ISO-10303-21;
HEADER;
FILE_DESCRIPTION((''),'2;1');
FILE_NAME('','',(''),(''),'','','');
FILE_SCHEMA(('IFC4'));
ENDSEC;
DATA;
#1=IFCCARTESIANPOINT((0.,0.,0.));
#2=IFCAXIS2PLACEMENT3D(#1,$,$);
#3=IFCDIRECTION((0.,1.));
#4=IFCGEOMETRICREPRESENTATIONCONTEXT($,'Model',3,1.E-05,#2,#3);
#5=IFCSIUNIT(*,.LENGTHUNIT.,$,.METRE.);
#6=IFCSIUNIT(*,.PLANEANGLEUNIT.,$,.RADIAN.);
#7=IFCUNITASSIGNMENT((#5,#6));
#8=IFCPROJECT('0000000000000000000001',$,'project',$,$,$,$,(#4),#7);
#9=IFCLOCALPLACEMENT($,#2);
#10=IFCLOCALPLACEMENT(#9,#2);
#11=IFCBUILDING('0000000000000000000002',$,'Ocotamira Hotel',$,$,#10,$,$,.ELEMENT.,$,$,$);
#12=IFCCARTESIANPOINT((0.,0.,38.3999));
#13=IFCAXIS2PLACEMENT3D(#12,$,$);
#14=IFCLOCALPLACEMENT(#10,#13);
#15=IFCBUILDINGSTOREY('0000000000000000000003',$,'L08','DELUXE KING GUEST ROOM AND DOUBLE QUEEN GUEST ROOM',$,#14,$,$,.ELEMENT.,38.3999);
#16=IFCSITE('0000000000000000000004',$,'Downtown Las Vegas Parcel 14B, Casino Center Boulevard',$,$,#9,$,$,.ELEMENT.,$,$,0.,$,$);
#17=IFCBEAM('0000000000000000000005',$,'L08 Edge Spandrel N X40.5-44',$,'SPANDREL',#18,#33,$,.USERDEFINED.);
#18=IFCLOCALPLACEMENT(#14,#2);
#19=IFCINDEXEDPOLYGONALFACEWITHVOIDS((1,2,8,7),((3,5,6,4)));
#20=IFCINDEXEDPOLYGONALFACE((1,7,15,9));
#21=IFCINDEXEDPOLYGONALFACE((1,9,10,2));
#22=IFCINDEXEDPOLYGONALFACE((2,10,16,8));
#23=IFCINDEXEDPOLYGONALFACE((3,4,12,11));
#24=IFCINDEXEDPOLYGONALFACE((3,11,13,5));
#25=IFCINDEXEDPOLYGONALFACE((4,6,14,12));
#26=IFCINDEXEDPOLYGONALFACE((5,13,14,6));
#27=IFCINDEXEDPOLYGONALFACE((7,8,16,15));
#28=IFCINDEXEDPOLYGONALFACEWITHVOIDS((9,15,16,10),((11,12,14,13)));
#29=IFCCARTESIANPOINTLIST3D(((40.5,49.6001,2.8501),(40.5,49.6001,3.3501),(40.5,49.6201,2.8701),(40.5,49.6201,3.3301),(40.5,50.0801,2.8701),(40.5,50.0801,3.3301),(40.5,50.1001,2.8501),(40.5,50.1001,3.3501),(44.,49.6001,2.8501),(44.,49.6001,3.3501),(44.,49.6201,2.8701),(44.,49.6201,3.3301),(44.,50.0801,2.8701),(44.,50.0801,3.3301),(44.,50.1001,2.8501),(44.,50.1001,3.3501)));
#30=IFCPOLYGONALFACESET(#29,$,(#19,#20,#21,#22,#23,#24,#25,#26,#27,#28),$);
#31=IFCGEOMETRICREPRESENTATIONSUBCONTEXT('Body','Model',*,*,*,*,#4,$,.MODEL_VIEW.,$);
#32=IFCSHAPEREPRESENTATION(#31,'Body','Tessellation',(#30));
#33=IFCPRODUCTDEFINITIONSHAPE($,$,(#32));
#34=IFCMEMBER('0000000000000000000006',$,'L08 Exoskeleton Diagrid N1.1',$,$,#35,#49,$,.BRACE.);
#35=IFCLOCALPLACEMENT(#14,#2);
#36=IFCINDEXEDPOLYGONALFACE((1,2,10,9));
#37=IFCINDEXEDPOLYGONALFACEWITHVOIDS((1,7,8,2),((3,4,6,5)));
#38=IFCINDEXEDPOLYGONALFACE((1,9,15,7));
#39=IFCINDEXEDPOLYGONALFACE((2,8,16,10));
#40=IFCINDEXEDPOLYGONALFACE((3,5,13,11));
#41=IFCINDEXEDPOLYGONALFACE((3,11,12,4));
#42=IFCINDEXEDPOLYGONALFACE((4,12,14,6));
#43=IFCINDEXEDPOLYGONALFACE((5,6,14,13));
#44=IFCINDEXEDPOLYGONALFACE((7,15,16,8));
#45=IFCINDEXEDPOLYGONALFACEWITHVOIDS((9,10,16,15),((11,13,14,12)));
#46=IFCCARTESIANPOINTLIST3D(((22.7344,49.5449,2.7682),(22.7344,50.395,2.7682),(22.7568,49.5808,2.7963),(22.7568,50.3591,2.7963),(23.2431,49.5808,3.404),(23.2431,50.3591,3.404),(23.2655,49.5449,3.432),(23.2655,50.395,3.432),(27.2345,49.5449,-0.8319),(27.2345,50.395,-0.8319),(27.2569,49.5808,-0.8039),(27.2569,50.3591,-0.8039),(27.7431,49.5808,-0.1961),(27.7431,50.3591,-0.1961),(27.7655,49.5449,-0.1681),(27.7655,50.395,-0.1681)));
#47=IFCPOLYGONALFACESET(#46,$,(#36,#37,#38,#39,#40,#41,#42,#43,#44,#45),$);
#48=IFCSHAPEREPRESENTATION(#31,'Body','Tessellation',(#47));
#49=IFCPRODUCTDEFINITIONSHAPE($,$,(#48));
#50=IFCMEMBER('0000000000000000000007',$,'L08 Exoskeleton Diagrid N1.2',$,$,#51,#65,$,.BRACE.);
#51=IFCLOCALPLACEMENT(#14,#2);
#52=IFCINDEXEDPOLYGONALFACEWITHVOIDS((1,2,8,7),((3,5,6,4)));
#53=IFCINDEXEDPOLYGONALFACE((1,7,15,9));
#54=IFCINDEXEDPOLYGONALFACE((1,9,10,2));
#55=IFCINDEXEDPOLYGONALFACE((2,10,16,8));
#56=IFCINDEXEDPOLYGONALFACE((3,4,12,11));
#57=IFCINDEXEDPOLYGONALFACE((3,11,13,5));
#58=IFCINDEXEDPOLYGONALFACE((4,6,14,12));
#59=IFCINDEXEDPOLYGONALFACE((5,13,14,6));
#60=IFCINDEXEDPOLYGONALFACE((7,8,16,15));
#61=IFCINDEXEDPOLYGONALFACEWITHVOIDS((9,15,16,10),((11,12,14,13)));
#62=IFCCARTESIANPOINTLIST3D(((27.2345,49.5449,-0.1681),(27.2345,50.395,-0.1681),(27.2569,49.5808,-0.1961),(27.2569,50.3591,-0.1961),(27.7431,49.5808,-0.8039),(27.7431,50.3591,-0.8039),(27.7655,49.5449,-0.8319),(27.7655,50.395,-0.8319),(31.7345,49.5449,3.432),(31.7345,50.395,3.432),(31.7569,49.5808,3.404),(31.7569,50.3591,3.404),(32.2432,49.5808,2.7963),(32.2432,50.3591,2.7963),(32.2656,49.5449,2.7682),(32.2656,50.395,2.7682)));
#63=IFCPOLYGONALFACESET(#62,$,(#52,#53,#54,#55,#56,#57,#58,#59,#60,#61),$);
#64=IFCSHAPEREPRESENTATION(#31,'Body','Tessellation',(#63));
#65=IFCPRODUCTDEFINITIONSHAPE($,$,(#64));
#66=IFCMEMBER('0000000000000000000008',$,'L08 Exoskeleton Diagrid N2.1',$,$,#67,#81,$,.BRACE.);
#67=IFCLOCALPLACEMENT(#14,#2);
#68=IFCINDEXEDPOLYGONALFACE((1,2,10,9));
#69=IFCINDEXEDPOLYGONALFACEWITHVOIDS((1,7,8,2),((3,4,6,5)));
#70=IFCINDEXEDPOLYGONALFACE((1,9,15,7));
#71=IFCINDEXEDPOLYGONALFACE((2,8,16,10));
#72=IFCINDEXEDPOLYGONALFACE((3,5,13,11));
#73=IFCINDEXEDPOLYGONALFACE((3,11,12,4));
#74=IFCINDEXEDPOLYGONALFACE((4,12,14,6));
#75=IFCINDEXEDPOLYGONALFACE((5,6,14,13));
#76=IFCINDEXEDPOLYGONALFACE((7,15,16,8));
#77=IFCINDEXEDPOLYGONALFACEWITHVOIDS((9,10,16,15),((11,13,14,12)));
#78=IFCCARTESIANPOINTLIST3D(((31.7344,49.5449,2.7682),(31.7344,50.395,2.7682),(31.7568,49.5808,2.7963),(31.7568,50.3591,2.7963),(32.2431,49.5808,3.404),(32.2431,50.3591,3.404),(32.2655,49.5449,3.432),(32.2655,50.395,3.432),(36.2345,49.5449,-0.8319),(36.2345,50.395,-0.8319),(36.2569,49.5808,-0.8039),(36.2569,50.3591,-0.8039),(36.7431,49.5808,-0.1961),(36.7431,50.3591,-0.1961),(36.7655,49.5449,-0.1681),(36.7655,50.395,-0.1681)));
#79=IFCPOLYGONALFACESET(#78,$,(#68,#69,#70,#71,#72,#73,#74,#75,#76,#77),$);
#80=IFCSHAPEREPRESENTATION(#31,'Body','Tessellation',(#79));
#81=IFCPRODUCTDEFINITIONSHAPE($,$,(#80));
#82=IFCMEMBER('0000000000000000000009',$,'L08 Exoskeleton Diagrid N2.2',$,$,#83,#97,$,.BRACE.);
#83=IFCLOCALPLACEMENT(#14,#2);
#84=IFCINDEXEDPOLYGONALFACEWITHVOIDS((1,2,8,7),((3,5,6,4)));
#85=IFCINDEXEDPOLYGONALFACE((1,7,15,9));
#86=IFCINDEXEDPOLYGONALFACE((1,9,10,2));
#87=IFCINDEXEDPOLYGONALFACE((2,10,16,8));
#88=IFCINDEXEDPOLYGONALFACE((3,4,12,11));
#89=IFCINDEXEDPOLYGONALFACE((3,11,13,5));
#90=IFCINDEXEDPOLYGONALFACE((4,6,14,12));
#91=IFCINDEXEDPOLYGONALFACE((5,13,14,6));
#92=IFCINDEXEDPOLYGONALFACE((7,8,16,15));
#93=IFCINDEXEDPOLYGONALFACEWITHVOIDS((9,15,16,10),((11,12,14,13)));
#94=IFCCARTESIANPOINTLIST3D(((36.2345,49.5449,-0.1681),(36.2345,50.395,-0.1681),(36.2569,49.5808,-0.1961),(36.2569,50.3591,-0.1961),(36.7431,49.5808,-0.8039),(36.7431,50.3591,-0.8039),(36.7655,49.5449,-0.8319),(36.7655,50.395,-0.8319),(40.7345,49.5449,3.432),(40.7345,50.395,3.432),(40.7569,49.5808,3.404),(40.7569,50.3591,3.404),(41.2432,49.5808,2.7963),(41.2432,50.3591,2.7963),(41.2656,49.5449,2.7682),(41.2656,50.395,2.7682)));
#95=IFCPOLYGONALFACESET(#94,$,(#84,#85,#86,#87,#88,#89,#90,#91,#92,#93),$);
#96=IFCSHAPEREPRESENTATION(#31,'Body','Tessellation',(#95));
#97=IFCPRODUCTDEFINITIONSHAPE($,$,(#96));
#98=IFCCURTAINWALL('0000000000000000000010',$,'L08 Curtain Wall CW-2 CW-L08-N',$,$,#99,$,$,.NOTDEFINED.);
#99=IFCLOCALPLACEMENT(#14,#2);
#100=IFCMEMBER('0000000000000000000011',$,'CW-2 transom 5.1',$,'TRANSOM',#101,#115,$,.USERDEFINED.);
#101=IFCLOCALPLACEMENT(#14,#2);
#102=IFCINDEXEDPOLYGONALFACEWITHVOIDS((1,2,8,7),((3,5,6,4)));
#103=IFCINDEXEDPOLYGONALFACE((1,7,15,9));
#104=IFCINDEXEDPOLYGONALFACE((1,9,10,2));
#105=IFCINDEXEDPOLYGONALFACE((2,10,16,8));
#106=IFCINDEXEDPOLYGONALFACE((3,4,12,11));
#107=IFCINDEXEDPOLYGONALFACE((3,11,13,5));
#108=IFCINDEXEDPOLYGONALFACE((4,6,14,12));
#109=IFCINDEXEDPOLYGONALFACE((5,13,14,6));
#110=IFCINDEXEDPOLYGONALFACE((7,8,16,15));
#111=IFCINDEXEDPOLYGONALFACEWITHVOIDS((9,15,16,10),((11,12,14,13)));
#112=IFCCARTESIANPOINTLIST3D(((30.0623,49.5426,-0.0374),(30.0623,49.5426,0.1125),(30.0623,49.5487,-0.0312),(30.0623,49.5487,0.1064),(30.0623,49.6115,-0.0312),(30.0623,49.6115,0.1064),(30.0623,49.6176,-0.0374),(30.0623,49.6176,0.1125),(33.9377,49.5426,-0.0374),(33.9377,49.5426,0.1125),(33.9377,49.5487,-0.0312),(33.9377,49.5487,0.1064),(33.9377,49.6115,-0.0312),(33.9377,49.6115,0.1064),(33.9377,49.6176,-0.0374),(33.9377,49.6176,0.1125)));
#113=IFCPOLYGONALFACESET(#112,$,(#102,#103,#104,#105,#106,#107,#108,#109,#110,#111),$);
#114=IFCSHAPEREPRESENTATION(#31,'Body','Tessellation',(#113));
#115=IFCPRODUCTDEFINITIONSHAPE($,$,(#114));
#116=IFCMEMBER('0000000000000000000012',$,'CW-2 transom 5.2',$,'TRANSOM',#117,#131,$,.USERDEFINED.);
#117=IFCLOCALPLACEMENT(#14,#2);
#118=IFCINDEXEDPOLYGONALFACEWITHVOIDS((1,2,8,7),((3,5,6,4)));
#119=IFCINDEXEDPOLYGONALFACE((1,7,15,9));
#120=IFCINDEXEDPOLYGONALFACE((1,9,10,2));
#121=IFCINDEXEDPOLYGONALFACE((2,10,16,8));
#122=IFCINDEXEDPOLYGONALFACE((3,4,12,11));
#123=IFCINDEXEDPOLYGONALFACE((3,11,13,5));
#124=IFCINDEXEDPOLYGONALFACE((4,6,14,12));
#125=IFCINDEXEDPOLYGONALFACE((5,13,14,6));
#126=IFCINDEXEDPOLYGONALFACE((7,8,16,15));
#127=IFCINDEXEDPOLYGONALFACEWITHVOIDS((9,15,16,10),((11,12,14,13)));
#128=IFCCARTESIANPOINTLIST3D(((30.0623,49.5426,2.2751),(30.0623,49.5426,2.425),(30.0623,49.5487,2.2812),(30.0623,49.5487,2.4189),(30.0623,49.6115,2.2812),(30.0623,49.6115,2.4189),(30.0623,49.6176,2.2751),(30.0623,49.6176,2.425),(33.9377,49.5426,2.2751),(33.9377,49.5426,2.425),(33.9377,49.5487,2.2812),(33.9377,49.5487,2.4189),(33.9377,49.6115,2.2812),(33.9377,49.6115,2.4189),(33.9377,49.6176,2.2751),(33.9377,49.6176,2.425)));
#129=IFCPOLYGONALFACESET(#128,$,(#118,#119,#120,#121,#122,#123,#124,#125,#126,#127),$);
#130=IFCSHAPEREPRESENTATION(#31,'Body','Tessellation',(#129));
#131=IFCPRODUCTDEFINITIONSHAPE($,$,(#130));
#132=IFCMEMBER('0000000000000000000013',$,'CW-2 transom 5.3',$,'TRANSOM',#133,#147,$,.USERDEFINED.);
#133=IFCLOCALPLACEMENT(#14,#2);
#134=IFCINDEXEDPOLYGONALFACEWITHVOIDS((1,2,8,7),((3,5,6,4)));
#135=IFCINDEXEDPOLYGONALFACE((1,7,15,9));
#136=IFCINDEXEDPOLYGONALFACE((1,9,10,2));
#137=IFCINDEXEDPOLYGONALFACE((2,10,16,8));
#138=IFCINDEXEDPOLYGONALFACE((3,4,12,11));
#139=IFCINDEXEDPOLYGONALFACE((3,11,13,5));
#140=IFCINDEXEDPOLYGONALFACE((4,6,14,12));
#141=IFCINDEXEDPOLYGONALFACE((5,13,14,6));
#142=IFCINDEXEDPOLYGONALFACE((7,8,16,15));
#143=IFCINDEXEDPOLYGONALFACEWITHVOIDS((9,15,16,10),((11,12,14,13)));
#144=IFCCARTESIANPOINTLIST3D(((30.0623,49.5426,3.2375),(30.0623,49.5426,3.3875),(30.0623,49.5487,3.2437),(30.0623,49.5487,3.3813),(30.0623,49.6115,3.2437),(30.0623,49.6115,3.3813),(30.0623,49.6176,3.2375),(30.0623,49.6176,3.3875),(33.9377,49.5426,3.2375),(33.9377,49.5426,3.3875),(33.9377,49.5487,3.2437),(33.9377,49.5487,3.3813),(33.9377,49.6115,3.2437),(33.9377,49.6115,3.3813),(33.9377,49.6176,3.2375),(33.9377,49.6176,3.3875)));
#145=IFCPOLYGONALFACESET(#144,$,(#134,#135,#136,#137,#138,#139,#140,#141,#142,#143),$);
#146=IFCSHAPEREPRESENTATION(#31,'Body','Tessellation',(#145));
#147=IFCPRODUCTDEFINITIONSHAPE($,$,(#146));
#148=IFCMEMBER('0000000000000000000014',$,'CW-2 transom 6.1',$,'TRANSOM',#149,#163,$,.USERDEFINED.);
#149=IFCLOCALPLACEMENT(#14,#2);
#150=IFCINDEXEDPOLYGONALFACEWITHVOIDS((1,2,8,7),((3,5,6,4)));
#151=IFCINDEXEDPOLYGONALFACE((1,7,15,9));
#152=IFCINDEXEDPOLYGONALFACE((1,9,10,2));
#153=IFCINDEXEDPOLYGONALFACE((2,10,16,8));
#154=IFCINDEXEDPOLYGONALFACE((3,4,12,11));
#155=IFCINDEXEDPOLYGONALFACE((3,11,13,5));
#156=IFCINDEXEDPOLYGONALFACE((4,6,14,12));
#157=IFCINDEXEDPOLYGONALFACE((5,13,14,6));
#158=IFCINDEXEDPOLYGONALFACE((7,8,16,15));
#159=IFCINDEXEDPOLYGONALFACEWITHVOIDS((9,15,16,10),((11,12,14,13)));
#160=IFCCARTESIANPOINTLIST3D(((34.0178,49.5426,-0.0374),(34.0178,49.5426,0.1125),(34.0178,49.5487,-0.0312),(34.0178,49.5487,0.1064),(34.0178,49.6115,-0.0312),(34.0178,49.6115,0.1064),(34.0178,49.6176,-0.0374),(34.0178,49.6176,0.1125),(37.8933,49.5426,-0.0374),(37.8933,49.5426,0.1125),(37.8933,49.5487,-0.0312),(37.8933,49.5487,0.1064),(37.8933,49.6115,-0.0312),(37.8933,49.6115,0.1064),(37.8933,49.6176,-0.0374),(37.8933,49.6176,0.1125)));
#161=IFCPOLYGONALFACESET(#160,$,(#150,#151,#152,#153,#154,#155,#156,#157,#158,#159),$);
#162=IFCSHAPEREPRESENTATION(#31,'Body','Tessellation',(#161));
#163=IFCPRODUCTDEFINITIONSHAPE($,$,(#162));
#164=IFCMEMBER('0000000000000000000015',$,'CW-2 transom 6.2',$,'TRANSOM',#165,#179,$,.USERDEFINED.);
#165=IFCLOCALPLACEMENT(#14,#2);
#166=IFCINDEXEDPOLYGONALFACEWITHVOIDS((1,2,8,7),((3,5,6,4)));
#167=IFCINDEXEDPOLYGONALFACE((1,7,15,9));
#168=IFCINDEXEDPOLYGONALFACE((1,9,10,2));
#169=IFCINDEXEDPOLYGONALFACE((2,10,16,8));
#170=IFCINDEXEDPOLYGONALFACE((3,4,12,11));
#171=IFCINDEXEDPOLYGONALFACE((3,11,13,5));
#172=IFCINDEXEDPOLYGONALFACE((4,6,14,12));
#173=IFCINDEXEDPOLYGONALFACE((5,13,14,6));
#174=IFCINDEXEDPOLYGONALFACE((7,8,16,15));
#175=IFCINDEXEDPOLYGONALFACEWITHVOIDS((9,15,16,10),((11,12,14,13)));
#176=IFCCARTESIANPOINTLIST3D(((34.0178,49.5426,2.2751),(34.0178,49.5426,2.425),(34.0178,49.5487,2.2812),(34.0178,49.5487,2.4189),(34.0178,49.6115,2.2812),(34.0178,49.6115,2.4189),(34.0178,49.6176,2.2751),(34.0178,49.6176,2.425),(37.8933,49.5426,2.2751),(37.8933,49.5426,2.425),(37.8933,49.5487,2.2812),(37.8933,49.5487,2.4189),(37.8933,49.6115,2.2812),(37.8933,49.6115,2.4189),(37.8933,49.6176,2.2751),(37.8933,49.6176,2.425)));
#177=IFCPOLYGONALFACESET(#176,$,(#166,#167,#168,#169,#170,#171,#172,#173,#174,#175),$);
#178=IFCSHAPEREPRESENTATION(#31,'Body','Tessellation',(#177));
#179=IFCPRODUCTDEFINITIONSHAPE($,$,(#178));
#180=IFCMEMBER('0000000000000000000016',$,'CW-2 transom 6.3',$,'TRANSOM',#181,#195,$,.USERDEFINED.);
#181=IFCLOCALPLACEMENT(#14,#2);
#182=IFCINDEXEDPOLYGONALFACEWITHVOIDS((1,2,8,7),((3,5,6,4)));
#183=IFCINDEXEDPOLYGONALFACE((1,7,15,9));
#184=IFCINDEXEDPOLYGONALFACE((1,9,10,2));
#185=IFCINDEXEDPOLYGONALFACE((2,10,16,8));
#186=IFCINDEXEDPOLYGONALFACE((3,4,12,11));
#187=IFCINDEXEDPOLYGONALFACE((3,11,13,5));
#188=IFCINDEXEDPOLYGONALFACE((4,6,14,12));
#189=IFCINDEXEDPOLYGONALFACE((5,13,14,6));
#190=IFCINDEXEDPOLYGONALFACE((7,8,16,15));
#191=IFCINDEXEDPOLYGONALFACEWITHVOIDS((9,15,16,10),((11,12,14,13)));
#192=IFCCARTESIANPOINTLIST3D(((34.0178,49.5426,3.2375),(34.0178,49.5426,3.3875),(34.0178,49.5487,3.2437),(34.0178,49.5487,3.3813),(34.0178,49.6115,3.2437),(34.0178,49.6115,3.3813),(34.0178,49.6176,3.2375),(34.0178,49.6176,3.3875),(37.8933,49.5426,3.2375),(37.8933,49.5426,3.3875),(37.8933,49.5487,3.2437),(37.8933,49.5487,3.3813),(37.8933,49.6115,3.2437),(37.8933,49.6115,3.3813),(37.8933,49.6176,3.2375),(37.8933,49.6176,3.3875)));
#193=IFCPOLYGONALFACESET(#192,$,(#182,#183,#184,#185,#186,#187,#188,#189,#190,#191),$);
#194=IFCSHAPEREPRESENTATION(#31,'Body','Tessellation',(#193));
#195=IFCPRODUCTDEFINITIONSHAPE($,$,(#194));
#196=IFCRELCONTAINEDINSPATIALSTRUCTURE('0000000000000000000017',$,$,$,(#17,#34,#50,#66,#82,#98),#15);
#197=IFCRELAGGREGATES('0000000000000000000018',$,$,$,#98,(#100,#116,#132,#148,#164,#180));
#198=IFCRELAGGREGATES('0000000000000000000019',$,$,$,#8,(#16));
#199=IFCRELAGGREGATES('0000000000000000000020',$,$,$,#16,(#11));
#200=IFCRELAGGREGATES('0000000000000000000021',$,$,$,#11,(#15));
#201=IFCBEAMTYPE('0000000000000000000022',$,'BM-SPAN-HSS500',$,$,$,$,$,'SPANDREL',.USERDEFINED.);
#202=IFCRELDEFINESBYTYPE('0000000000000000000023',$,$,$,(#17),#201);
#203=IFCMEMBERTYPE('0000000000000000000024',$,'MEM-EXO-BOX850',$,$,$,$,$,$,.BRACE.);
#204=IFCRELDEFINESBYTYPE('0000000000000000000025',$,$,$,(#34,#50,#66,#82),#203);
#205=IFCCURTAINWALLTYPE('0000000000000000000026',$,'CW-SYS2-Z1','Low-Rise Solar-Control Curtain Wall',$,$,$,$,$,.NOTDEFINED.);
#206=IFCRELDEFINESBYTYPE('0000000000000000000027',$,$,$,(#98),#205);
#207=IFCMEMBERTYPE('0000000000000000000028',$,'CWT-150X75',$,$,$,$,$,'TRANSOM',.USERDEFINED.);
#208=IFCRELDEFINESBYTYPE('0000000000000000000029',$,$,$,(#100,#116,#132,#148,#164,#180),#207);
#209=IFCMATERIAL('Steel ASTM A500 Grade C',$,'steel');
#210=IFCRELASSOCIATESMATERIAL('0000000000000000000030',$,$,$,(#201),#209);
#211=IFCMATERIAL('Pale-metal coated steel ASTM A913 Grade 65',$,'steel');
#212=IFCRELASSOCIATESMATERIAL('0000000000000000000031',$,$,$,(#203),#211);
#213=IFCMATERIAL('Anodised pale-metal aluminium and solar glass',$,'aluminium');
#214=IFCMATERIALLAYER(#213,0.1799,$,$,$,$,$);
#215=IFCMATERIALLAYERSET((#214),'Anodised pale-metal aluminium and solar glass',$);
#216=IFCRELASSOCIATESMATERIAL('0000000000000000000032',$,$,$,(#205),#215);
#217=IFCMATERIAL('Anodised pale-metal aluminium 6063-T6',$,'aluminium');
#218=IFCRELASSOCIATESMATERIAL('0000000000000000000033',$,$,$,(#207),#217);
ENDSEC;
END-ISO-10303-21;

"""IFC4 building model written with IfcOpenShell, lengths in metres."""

from ifc_helpers import new_model, si_unit, direction, frame, origin, origin_2d, place, context, subcontext, project, spatial, hollow_rectangle, extrude, source, transform, mapped, material, layer, layer_set, material_profile, profile_set, type_object, element, aggregate, save


model = new_model("IFC4")

# Units and contexts
model_context = context("Model", 3, precision=1e-05, world=origin(), true_north=direction((0.0, 1.0)))
body_context = subcontext(model_context, "Body", "Model", "MODEL_VIEW")
ifc_project = project(units=[si_unit("LENGTHUNIT", "METRE"), si_unit("PLANEANGLEUNIT", "RADIAN")], contexts=[model_context])

# Site, building, storey
site_placement = place(None, origin())
site = spatial("IfcSite", under=ifc_project, at=site_placement, Name="Downtown Las Vegas Parcel 14B, Casino Center Boulevard", CompositionType="ELEMENT", RefElevation=0.0)
building_placement = place(site_placement, origin())
building = spatial("IfcBuilding", under=site, at=building_placement, Name="Ocotamira Hotel", CompositionType="ELEMENT")
storey_placement = place(building_placement, frame((0.0, 0.0, 38.3999)))
storey = spatial("IfcBuildingStorey", under=building, at=storey_placement, Name="L08", Description="DELUXE KING GUEST ROOM AND DOUBLE QUEEN GUEST ROOM", CompositionType="ELEMENT", Elevation=38.3999)

# Beam
ifc_material_1 = material(Name="Steel ASTM A500 Grade C", Category="steel")
ifc_material_profile_1 = material_profile(ifc_material_1, hollow_rectangle(XDim=0.5, YDim=0.5, WallThickness=0.02, at=origin_2d()), Name="HSS500X500X20")
ifc_profile_set_1 = profile_set([ifc_material_profile_1], Name="Steel ASTM A500 Grade C")
beam_type_1 = type_object("IfcBeamType", Name="BM-SPAN-HSS500", ElementType="SPANDREL", PredefinedType="USERDEFINED", material=ifc_profile_set_1)
shared_shape_1 = source(origin(), body_context, "Body", "SweptSolid", [
    extrude(hollow_rectangle(XDim=0.5, YDim=0.5, WallThickness=0.02, at=origin_2d()), origin(), (0.0, 0.0, 1.0), 3.5),
])
beam_1_placement = place(storey_placement, frame((40.5, 49.8501, 3.1001), z_axis=(1.0, 0.0, 0.0), x_axis=(0.0, 1.0, 0.0)))
element("IfcBeam", 1, at=beam_1_placement, inside=storey, type_object=beam_type_1, Name="L08 Edge Spandrel N X40.5-44", ObjectType="SPANDREL", PredefinedType="USERDEFINED", context=body_context, shape_type="MappedRepresentation", body=[
    mapped(shared_shape_1, transform((0.0, 0.0, 0.0), scale=1.0)),
])

# Members
ifc_material_2 = material(Name="Pale-metal coated steel ASTM A913 Grade 65", Category="steel")
ifc_material_profile_2 = material_profile(ifc_material_2, hollow_rectangle(XDim=0.8501, YDim=0.8501, WallThickness=0.0359, at=origin_2d()), Name="BOX850X850X36")
ifc_profile_set_2 = profile_set([ifc_material_profile_2], Name="Pale-metal coated steel ASTM A913 Grade 65")
member_type_1 = type_object("IfcMemberType", Name="MEM-EXO-BOX850", PredefinedType="BRACE", material=ifc_profile_set_2)
shared_shape_2 = source(origin(), body_context, "Body", "SweptSolid", [
    extrude(hollow_rectangle(XDim=0.8501, YDim=0.8501, WallThickness=0.0359, at=origin_2d()), origin(), (0.0, 0.0, 1.0), 5.7629),
])
for number, where, z_axis, x_axis, name in (
    (2, (27.5, 49.97, -0.5), (-0.780861, 0.0, 0.624705), (0.0, -1.0, 0.0), "L08 Exoskeleton Diagrid N1.1"),
    (3, (27.5, 49.97, -0.5), (0.780861, 0.0, 0.624705), (0.0, 1.0, 0.0), "L08 Exoskeleton Diagrid N1.2"),
    (4, (36.5, 49.97, -0.5), (-0.780861, 0.0, 0.624705), (0.0, -1.0, 0.0), "L08 Exoskeleton Diagrid N2.1"),
    (5, (36.5, 49.97, -0.5), (0.780861, 0.0, 0.624705), (0.0, 1.0, 0.0), "L08 Exoskeleton Diagrid N2.2"),
):
    element("IfcMember", number, at=place(storey_placement, frame(where, z_axis=z_axis, x_axis=x_axis)), inside=storey, type_object=member_type_1, Name=name, PredefinedType="BRACE", context=body_context, shape_type="MappedRepresentation", body=[
        mapped(shared_shape_2, transform((0.0, 0.0, 0.0), scale=1.0)),
    ])

# Curtain wall, members
ifc_material_3 = material(Name="Anodised pale-metal aluminium and solar glass", Category="aluminium")
ifc_layer_1 = layer(ifc_material_3, 0.1799)
ifc_layer_set_1 = layer_set([ifc_layer_1], Name="Anodised pale-metal aluminium and solar glass")
curtain_wall_type = type_object("IfcCurtainWallType", Name="CW-SYS2-Z1", Description="Low-Rise Solar-Control Curtain Wall", PredefinedType="NOTDEFINED", material=ifc_layer_set_1)
curtain_wall_placement = place(storey_placement, origin())
curtain_wall = element("IfcCurtainWall", 6, at=curtain_wall_placement, inside=storey, type_object=curtain_wall_type, Name="L08 Curtain Wall CW-2 CW-L08-N", PredefinedType="NOTDEFINED")
ifc_material_4 = material(Name="Anodised pale-metal aluminium 6063-T6", Category="aluminium")
ifc_material_profile_3 = material_profile(ifc_material_4, hollow_rectangle(XDim=0.075, YDim=0.1499, WallThickness=0.0061, at=origin_2d()), Name="HSS150X75X6")
ifc_profile_set_3 = profile_set([ifc_material_profile_3], Name="Anodised pale-metal aluminium 6063-T6")
member_type_2 = type_object("IfcMemberType", Name="CWT-150X75", ElementType="TRANSOM", PredefinedType="USERDEFINED", material=ifc_profile_set_3)
shared_shape_3 = source(origin(), body_context, "Body", "SweptSolid", [
    extrude(hollow_rectangle(XDim=0.075, YDim=0.1499, WallThickness=0.0061, at=origin_2d()), origin(), (0.0, 0.0, 1.0), 3.8755),
])
member_1_placement = place(storey_placement, frame((30.0623, 49.5801, 0.0376), z_axis=(1.0, 0.0, 0.0), x_axis=(0.0, 1.0, 0.0)))
member_1 = element("IfcMember", 7, at=member_1_placement, type_object=member_type_2, Name="CW-2 transom 5.1", ObjectType="TRANSOM", PredefinedType="USERDEFINED", context=body_context, shape_type="MappedRepresentation", body=[
    mapped(shared_shape_3, transform((0.0, 0.0, 0.0), scale=1.0)),
])
member_2_placement = place(storey_placement, frame((30.0623, 49.5801, 2.3501), z_axis=(1.0, 0.0, 0.0), x_axis=(0.0, 1.0, 0.0)))
member_2 = element("IfcMember", 8, at=member_2_placement, type_object=member_type_2, Name="CW-2 transom 5.2", ObjectType="TRANSOM", PredefinedType="USERDEFINED", context=body_context, shape_type="MappedRepresentation", body=[
    mapped(shared_shape_3, transform((0.0, 0.0, 0.0), scale=1.0)),
])
member_3_placement = place(storey_placement, frame((30.0623, 49.5801, 3.3125), z_axis=(1.0, 0.0, 0.0), x_axis=(0.0, 1.0, 0.0)))
member_3 = element("IfcMember", 9, at=member_3_placement, type_object=member_type_2, Name="CW-2 transom 5.3", ObjectType="TRANSOM", PredefinedType="USERDEFINED", context=body_context, shape_type="MappedRepresentation", body=[
    mapped(shared_shape_3, transform((0.0, 0.0, 0.0), scale=1.0)),
])
member_4_placement = place(storey_placement, frame((34.0178, 49.5801, 0.0376), z_axis=(1.0, 0.0, 0.0), x_axis=(0.0, 1.0, 0.0)))
member_4 = element("IfcMember", 10, at=member_4_placement, type_object=member_type_2, Name="CW-2 transom 6.1", ObjectType="TRANSOM", PredefinedType="USERDEFINED", context=body_context, shape_type="MappedRepresentation", body=[
    mapped(shared_shape_3, transform((0.0, 0.0, 0.0), scale=1.0)),
])
member_5_placement = place(storey_placement, frame((34.0178, 49.5801, 2.3501), z_axis=(1.0, 0.0, 0.0), x_axis=(0.0, 1.0, 0.0)))
member_5 = element("IfcMember", 11, at=member_5_placement, type_object=member_type_2, Name="CW-2 transom 6.2", ObjectType="TRANSOM", PredefinedType="USERDEFINED", context=body_context, shape_type="MappedRepresentation", body=[
    mapped(shared_shape_3, transform((0.0, 0.0, 0.0), scale=1.0)),
])
member_6_placement = place(storey_placement, frame((34.0178, 49.5801, 3.3125), z_axis=(1.0, 0.0, 0.0), x_axis=(0.0, 1.0, 0.0)))
member_6 = element("IfcMember", 12, at=member_6_placement, type_object=member_type_2, Name="CW-2 transom 6.3", ObjectType="TRANSOM", PredefinedType="USERDEFINED", context=body_context, shape_type="MappedRepresentation", body=[
    mapped(shared_shape_3, transform((0.0, 0.0, 0.0), scale=1.0)),
])

aggregate(curtain_wall, [member_1, member_2, member_3, member_4, member_5, member_6])

save(model, "model.ifc")
